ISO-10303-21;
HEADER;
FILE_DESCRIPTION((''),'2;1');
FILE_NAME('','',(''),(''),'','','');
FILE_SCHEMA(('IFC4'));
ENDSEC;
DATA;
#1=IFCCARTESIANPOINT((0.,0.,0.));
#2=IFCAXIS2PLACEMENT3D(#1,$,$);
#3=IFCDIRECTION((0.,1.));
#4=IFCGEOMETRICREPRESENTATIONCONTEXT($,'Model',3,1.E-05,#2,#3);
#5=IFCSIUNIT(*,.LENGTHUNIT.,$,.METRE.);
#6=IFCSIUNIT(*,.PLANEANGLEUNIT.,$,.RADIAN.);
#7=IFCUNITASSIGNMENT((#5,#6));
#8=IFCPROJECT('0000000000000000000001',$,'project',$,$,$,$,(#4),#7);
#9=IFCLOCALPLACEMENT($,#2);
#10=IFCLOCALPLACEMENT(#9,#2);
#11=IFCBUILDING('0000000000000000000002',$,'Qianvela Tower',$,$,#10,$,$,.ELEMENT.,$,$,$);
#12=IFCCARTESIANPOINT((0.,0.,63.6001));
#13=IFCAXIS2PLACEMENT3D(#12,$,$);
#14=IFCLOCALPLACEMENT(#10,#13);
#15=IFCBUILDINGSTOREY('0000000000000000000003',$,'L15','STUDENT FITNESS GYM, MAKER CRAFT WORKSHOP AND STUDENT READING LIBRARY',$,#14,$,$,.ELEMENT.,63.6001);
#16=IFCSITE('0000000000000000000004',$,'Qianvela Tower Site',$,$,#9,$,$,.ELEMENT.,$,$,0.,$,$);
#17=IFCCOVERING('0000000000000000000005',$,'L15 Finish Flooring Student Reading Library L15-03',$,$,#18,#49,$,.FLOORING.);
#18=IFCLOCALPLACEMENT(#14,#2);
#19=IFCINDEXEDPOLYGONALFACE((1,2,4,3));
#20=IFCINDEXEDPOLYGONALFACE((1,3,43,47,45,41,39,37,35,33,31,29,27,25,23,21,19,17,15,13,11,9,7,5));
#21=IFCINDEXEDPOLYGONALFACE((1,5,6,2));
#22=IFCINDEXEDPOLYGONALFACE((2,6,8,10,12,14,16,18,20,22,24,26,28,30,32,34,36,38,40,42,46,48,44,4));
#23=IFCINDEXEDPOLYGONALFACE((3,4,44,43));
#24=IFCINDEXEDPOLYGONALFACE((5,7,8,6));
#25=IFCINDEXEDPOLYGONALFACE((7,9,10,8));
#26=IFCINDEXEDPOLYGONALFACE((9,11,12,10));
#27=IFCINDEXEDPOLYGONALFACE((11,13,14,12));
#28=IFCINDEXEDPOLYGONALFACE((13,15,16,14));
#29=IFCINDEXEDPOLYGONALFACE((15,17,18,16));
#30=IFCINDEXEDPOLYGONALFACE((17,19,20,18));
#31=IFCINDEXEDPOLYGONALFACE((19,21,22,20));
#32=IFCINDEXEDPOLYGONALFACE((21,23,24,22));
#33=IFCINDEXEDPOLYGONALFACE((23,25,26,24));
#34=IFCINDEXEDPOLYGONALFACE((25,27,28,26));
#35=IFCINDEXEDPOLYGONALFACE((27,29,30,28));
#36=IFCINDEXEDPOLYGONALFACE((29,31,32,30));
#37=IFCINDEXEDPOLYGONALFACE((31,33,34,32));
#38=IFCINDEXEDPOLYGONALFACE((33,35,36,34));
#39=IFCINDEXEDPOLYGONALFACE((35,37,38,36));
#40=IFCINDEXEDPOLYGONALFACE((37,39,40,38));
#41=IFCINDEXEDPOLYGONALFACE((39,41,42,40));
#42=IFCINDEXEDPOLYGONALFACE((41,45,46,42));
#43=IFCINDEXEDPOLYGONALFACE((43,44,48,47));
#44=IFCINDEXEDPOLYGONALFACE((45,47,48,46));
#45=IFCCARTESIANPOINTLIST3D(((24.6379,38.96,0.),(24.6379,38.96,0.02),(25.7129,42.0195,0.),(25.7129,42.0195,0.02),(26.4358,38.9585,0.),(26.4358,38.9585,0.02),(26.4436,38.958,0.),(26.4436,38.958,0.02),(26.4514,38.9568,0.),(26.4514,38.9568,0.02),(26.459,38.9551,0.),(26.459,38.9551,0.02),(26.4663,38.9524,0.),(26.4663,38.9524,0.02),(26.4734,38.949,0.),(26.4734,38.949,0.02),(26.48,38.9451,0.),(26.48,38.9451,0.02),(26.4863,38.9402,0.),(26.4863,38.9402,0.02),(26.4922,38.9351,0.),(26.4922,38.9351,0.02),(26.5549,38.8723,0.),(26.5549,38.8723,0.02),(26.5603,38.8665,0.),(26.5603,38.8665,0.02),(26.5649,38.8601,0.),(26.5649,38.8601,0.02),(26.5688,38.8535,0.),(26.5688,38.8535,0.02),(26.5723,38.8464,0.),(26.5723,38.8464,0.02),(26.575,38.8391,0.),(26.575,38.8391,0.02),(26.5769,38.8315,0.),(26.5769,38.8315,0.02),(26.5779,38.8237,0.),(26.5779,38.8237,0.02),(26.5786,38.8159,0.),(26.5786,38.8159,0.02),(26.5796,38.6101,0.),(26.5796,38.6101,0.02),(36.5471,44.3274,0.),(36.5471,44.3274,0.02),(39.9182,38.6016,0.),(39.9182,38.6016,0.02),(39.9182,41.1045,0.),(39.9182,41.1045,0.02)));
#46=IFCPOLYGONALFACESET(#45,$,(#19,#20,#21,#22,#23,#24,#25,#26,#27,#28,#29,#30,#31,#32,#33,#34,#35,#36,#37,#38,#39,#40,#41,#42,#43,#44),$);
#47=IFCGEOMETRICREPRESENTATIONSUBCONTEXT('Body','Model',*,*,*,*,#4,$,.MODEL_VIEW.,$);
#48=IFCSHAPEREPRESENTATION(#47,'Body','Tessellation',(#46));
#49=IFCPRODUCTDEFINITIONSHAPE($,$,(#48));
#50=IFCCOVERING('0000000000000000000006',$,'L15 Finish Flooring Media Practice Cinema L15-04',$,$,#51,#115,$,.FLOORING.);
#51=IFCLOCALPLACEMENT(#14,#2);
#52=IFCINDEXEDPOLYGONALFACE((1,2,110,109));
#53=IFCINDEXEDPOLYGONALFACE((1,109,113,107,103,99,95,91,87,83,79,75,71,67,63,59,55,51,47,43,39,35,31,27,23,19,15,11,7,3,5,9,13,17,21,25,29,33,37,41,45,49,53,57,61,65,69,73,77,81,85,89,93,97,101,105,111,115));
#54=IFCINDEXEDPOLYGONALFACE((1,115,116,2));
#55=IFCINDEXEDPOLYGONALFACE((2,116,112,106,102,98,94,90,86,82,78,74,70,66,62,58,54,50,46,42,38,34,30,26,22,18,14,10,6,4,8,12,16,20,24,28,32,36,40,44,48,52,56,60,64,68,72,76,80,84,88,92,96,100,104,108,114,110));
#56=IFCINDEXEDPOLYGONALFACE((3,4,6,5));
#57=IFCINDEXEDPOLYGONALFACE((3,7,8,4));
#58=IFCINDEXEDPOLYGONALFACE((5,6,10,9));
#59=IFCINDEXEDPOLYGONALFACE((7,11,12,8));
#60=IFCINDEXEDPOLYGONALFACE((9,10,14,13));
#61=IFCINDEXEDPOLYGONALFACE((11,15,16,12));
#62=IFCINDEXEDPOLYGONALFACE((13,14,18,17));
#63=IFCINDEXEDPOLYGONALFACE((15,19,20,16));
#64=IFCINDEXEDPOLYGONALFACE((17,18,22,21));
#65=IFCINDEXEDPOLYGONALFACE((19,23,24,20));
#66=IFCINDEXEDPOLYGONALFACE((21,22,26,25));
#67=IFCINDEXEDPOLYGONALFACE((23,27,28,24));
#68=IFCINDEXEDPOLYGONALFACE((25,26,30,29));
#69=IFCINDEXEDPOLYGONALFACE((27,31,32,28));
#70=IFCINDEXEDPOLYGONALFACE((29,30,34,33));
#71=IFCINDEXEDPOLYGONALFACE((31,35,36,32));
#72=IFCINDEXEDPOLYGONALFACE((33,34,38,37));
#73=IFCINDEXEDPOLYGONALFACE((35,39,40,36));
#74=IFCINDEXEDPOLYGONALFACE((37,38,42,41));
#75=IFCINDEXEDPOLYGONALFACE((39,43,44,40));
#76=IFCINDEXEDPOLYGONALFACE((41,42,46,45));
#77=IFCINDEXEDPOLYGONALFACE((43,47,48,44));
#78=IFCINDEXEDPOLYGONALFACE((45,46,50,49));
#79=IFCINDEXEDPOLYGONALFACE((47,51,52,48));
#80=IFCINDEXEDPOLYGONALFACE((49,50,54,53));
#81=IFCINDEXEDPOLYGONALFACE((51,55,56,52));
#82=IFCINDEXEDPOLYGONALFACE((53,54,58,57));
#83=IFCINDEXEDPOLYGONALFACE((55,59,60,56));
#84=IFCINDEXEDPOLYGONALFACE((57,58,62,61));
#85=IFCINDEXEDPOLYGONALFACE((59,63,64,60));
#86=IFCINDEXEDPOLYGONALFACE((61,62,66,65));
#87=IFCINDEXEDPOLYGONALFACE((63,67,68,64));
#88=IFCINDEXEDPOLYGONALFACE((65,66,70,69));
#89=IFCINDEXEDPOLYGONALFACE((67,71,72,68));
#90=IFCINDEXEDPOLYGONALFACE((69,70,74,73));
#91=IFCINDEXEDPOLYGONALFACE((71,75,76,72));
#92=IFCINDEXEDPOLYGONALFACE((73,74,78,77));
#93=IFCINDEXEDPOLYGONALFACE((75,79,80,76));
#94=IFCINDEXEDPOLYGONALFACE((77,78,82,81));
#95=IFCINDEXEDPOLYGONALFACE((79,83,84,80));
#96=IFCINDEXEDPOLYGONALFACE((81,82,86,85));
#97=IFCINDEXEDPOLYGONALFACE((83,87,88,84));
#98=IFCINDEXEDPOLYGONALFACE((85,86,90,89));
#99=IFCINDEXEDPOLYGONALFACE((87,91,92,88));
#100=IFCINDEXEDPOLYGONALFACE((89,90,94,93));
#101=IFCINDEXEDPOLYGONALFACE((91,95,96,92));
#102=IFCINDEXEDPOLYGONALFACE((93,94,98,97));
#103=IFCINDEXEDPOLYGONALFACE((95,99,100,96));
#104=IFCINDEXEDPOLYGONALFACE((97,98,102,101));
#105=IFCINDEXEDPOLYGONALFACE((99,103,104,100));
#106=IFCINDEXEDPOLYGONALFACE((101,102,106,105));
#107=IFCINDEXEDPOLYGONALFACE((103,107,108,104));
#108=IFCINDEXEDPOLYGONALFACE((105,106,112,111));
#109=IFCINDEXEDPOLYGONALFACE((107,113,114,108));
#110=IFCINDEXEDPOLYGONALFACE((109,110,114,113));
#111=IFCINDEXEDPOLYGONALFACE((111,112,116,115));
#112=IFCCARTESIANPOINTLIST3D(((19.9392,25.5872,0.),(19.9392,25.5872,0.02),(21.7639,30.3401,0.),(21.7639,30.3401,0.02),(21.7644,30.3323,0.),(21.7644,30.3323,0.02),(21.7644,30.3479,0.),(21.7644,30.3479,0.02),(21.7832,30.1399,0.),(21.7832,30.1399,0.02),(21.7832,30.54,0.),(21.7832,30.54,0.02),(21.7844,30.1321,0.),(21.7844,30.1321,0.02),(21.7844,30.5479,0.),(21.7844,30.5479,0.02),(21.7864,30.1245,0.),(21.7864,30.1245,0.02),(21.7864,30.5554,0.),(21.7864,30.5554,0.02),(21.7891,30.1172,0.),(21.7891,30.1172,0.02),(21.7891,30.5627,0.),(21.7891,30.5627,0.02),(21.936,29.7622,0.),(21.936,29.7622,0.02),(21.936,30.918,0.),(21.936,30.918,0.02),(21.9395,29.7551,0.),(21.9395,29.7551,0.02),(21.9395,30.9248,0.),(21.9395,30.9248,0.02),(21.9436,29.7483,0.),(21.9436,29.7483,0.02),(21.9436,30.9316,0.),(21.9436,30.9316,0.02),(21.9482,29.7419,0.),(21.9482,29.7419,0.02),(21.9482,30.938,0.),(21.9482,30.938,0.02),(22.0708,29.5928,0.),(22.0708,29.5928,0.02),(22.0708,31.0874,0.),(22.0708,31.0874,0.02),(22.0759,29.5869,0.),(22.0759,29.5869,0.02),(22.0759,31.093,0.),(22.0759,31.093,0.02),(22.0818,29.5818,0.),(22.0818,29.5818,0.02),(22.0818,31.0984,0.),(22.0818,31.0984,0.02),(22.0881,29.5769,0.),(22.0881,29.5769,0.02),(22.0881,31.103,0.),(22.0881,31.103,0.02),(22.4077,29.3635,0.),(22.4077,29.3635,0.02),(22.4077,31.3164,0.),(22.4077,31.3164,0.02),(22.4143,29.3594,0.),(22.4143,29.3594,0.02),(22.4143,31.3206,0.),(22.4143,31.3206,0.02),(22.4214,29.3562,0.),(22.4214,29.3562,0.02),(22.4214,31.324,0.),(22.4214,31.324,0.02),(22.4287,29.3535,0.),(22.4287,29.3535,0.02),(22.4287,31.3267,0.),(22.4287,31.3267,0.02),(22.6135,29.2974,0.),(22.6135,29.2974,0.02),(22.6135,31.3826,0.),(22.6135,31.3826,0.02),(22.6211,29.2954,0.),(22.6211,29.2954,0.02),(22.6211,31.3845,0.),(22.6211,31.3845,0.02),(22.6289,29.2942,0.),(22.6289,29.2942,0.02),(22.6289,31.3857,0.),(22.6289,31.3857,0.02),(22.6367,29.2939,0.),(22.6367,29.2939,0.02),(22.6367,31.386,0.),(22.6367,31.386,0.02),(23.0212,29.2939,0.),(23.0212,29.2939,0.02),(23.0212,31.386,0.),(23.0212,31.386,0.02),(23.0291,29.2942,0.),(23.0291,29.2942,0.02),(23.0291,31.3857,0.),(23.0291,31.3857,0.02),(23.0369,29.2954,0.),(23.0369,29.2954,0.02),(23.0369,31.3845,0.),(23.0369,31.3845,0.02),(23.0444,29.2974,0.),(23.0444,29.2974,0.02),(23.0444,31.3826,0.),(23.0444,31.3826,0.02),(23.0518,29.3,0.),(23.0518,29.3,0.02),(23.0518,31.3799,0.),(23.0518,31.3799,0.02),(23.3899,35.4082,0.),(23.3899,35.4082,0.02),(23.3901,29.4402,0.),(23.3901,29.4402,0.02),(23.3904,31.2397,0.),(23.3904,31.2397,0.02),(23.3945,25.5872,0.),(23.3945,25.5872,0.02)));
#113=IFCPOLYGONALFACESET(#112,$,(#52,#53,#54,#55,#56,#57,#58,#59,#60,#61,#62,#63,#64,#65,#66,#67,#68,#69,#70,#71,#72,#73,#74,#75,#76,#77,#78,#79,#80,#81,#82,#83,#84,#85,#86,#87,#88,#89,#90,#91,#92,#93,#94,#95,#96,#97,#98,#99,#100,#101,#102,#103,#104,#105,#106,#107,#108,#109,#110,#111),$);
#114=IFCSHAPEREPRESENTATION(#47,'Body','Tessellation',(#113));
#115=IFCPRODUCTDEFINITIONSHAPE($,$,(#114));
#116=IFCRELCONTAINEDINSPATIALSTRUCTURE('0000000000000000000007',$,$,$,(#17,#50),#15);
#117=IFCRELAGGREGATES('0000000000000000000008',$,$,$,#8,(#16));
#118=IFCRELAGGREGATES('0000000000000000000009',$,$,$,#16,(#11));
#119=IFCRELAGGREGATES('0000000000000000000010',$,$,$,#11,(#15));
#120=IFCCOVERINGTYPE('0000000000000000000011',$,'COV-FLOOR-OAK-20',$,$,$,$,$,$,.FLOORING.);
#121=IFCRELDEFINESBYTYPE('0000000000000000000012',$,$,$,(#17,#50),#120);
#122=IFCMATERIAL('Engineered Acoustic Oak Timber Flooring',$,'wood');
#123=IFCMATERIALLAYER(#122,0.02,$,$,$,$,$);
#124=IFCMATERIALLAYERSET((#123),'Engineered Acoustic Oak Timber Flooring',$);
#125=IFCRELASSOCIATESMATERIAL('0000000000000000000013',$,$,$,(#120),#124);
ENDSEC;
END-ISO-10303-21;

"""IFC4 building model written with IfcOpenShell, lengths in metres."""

from ifc_helpers import new_model, si_unit, direction, frame, origin, place, context, subcontext, project, spatial, polyline, outline, extrude, material, layer, layer_set, type_object, element, save


model = new_model("IFC4")

# Units and contexts
model_context = context("Model", 3, precision=1e-05, world=origin(), true_north=direction((0.0, 1.0)))
body_context = subcontext(model_context, "Body", "Model", "MODEL_VIEW")
ifc_project = project(units=[si_unit("LENGTHUNIT", "METRE"), si_unit("PLANEANGLEUNIT", "RADIAN")], contexts=[model_context])

# Site, building, storey
site_placement = place(None, origin())
site = spatial("IfcSite", under=ifc_project, at=site_placement, Name="Qianvela Tower Site", CompositionType="ELEMENT", RefElevation=0.0)
building_placement = place(site_placement, origin())
building = spatial("IfcBuilding", under=site, at=building_placement, Name="Qianvela Tower", CompositionType="ELEMENT")
storey_placement = place(building_placement, frame((0.0, 0.0, 63.6001)))
storey = spatial("IfcBuildingStorey", under=building, at=storey_placement, Name="L15", Description="STUDENT FITNESS GYM, MAKER CRAFT WORKSHOP AND STUDENT READING LIBRARY", CompositionType="ELEMENT", Elevation=63.6001)

# Coverings
ifc_material_1 = material(Name="Engineered Acoustic Oak Timber Flooring", Category="wood")
ifc_layer_1 = layer(ifc_material_1, 0.02)
ifc_layer_set_1 = layer_set([ifc_layer_1], Name="Engineered Acoustic Oak Timber Flooring")
covering_type_1 = type_object("IfcCoveringType", Name="COV-FLOOR-OAK-20", PredefinedType="FLOORING", material=ifc_layer_set_1)
covering_1_placement = place(storey_placement, origin())
element("IfcCovering", 1, at=covering_1_placement, inside=storey, type_object=covering_type_1, Name="L15 Finish Flooring Student Reading Library L15-03", PredefinedType="FLOORING", context=body_context, shape_type="SweptSolid", body=[
    extrude(outline(polyline([(26.5786, 38.8159), (26.5779, 38.8237), (26.5769, 38.8315), (26.575, 38.8391), (26.5723, 38.8464), (26.5688, 38.8535), (26.5649, 38.8601), (26.5603, 38.8665), (26.5549, 38.8723), (26.4922, 38.9351), (26.4863, 38.9402), (26.48, 38.9451), (26.4734, 38.949), (26.4663, 38.9524), (26.459, 38.9551), (26.4514, 38.9568), (26.4436, 38.958), (26.4358, 38.9585), (24.6379, 38.96), (25.7129, 42.0195), (36.5471, 44.3274), (39.9182, 41.1045), (39.9182, 38.6016), (26.5796, 38.6101), (26.5786, 38.8159)])), origin(), (0.0, 0.0, 1.0), 0.02),
])
covering_2_placement = place(storey_placement, origin())
element("IfcCovering", 2, at=covering_2_placement, inside=storey, type_object=covering_type_1, Name="L15 Finish Flooring Media Practice Cinema L15-04", PredefinedType="FLOORING", context=body_context, shape_type="SweptSolid", body=[
    extrude(outline(polyline([(23.3901, 29.4402), (23.3945, 25.5872), (19.9392, 25.5872), (23.3899, 35.4082), (23.3904, 31.2397), (23.0518, 31.3799), (23.0444, 31.3826), (23.0369, 31.3845), (23.0291, 31.3857), (23.0212, 31.386), (22.6367, 31.386), (22.6289, 31.3857), (22.6211, 31.3845), (22.6135, 31.3826), (22.4287, 31.3267), (22.4214, 31.324), (22.4143, 31.3206), (22.4077, 31.3164), (22.0881, 31.103), (22.0818, 31.0984), (22.0759, 31.093), (22.0708, 31.0874), (21.9482, 30.938), (21.9436, 30.9316), (21.9395, 30.9248), (21.936, 30.918), (21.7891, 30.5627), (21.7864, 30.5554), (21.7844, 30.5479), (21.7832, 30.54), (21.7644, 30.3479), (21.7639, 30.3401), (21.7644, 30.3323), (21.7832, 30.1399), (21.7844, 30.1321), (21.7864, 30.1245), (21.7891, 30.1172), (21.936, 29.7622), (21.9395, 29.7551), (21.9436, 29.7483), (21.9482, 29.7419), (22.0708, 29.5928), (22.0759, 29.5869), (22.0818, 29.5818), (22.0881, 29.5769), (22.4077, 29.3635), (22.4143, 29.3594), (22.4214, 29.3562), (22.4287, 29.3535), (22.6135, 29.2974), (22.6211, 29.2954), (22.6289, 29.2942), (22.6367, 29.2939), (23.0212, 29.2939), (23.0291, 29.2942), (23.0369, 29.2954), (23.0444, 29.2974), (23.0518, 29.3), (23.3901, 29.4402)])), origin(), (0.0, 0.0, 1.0), 0.02),
])

save(model, "model.ifc")
